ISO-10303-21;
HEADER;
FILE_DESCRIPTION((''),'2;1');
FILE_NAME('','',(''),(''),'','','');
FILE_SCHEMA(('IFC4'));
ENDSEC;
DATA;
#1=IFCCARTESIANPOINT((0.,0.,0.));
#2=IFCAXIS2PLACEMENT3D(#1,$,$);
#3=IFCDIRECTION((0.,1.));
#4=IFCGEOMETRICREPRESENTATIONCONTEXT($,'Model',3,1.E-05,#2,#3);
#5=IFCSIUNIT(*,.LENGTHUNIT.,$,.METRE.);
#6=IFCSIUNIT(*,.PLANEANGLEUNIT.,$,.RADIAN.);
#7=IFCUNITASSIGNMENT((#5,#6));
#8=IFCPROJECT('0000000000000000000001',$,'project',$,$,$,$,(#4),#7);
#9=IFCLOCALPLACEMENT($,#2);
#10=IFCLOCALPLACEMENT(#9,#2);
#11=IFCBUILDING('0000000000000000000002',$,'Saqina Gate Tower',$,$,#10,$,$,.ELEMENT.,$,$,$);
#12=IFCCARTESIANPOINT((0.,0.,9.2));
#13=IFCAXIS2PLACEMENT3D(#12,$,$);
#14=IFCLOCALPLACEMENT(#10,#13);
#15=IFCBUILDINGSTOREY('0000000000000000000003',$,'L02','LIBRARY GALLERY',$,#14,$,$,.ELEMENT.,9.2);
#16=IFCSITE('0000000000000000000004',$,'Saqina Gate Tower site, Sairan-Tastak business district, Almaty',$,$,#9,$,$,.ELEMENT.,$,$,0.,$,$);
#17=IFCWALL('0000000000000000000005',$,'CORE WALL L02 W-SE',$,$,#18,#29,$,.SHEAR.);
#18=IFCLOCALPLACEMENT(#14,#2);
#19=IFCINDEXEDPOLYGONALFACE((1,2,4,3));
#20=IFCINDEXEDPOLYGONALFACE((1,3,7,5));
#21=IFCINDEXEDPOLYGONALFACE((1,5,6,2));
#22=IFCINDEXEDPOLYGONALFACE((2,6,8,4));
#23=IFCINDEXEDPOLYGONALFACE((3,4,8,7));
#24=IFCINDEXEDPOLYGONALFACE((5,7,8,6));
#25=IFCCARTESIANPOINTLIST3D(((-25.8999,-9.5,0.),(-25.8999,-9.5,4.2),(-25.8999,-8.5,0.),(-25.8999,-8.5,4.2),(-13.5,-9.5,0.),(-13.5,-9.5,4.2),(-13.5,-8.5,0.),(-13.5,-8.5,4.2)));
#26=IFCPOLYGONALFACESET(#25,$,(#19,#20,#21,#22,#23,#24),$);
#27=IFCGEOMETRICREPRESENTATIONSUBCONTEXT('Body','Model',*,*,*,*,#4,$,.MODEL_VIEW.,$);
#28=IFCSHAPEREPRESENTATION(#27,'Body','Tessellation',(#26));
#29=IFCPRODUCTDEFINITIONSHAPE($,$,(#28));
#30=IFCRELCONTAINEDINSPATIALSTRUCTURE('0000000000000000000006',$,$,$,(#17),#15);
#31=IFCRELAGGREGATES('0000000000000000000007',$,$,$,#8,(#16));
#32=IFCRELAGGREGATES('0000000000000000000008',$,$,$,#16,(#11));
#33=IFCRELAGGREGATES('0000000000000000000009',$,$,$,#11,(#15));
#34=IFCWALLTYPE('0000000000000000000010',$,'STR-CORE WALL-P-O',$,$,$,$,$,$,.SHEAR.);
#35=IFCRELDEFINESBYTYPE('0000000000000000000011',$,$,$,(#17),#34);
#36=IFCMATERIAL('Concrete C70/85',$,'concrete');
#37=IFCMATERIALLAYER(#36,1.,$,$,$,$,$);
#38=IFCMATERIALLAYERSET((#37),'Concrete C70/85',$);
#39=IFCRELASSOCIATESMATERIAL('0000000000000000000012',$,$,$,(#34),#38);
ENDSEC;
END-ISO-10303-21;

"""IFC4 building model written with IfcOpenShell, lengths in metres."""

from ifc_helpers import new_model, si_unit, direction, frame, frame_2d, origin, place, context, subcontext, project, spatial, rectangle, extrude, material, layer, layer_set, type_object, element, save


model = new_model("IFC4")

# Units and contexts
model_context = context("Model", 3, precision=1e-05, world=origin(), true_north=direction((0.0, 1.0)))
body_context = subcontext(model_context, "Body", "Model", "MODEL_VIEW")
ifc_project = project(units=[si_unit("LENGTHUNIT", "METRE"), si_unit("PLANEANGLEUNIT", "RADIAN")], contexts=[model_context])

# Site, building, storey
site_placement = place(None, origin())
site = spatial("IfcSite", under=ifc_project, at=site_placement, Name="Saqina Gate Tower site, Sairan-Tastak business district, Almaty", CompositionType="ELEMENT", RefElevation=0.0)
building_placement = place(site_placement, origin())
building = spatial("IfcBuilding", under=site, at=building_placement, Name="Saqina Gate Tower", CompositionType="ELEMENT")
storey_placement = place(building_placement, frame((0.0, 0.0, 9.2)))
storey = spatial("IfcBuildingStorey", under=building, at=storey_placement, Name="L02", Description="LIBRARY GALLERY", CompositionType="ELEMENT", Elevation=9.2)

# Shared definitions
ifc_material_1 = material(Name="Concrete C70/85", Category="concrete")
ifc_layer_1 = layer(ifc_material_1, 1.0)
ifc_layer_set_1 = layer_set([ifc_layer_1], Name="Concrete C70/85")
wall_type_1 = type_object("IfcWallType", Name="STR-CORE WALL-P-O", PredefinedType="SHEAR", material=ifc_layer_set_1)

# Wall
wall_1_placement = place(storey_placement, frame((-13.5, -9.0, 0.0), z_axis=(0.0, 0.0, 1.0), x_axis=(-1.0, 0.0, 0.0)))
element("IfcWall", 1, at=wall_1_placement, inside=storey, type_object=wall_type_1, Name="CORE WALL L02 W-SE", PredefinedType="SHEAR", context=body_context, shape_type="SweptSolid", body=[
    extrude(rectangle(XDim=12.3999, YDim=1.0, at=frame_2d((6.2, 0.0))), origin(), (0.0, 0.0, 1.0), 4.2),
])

save(model, "model.ifc")
